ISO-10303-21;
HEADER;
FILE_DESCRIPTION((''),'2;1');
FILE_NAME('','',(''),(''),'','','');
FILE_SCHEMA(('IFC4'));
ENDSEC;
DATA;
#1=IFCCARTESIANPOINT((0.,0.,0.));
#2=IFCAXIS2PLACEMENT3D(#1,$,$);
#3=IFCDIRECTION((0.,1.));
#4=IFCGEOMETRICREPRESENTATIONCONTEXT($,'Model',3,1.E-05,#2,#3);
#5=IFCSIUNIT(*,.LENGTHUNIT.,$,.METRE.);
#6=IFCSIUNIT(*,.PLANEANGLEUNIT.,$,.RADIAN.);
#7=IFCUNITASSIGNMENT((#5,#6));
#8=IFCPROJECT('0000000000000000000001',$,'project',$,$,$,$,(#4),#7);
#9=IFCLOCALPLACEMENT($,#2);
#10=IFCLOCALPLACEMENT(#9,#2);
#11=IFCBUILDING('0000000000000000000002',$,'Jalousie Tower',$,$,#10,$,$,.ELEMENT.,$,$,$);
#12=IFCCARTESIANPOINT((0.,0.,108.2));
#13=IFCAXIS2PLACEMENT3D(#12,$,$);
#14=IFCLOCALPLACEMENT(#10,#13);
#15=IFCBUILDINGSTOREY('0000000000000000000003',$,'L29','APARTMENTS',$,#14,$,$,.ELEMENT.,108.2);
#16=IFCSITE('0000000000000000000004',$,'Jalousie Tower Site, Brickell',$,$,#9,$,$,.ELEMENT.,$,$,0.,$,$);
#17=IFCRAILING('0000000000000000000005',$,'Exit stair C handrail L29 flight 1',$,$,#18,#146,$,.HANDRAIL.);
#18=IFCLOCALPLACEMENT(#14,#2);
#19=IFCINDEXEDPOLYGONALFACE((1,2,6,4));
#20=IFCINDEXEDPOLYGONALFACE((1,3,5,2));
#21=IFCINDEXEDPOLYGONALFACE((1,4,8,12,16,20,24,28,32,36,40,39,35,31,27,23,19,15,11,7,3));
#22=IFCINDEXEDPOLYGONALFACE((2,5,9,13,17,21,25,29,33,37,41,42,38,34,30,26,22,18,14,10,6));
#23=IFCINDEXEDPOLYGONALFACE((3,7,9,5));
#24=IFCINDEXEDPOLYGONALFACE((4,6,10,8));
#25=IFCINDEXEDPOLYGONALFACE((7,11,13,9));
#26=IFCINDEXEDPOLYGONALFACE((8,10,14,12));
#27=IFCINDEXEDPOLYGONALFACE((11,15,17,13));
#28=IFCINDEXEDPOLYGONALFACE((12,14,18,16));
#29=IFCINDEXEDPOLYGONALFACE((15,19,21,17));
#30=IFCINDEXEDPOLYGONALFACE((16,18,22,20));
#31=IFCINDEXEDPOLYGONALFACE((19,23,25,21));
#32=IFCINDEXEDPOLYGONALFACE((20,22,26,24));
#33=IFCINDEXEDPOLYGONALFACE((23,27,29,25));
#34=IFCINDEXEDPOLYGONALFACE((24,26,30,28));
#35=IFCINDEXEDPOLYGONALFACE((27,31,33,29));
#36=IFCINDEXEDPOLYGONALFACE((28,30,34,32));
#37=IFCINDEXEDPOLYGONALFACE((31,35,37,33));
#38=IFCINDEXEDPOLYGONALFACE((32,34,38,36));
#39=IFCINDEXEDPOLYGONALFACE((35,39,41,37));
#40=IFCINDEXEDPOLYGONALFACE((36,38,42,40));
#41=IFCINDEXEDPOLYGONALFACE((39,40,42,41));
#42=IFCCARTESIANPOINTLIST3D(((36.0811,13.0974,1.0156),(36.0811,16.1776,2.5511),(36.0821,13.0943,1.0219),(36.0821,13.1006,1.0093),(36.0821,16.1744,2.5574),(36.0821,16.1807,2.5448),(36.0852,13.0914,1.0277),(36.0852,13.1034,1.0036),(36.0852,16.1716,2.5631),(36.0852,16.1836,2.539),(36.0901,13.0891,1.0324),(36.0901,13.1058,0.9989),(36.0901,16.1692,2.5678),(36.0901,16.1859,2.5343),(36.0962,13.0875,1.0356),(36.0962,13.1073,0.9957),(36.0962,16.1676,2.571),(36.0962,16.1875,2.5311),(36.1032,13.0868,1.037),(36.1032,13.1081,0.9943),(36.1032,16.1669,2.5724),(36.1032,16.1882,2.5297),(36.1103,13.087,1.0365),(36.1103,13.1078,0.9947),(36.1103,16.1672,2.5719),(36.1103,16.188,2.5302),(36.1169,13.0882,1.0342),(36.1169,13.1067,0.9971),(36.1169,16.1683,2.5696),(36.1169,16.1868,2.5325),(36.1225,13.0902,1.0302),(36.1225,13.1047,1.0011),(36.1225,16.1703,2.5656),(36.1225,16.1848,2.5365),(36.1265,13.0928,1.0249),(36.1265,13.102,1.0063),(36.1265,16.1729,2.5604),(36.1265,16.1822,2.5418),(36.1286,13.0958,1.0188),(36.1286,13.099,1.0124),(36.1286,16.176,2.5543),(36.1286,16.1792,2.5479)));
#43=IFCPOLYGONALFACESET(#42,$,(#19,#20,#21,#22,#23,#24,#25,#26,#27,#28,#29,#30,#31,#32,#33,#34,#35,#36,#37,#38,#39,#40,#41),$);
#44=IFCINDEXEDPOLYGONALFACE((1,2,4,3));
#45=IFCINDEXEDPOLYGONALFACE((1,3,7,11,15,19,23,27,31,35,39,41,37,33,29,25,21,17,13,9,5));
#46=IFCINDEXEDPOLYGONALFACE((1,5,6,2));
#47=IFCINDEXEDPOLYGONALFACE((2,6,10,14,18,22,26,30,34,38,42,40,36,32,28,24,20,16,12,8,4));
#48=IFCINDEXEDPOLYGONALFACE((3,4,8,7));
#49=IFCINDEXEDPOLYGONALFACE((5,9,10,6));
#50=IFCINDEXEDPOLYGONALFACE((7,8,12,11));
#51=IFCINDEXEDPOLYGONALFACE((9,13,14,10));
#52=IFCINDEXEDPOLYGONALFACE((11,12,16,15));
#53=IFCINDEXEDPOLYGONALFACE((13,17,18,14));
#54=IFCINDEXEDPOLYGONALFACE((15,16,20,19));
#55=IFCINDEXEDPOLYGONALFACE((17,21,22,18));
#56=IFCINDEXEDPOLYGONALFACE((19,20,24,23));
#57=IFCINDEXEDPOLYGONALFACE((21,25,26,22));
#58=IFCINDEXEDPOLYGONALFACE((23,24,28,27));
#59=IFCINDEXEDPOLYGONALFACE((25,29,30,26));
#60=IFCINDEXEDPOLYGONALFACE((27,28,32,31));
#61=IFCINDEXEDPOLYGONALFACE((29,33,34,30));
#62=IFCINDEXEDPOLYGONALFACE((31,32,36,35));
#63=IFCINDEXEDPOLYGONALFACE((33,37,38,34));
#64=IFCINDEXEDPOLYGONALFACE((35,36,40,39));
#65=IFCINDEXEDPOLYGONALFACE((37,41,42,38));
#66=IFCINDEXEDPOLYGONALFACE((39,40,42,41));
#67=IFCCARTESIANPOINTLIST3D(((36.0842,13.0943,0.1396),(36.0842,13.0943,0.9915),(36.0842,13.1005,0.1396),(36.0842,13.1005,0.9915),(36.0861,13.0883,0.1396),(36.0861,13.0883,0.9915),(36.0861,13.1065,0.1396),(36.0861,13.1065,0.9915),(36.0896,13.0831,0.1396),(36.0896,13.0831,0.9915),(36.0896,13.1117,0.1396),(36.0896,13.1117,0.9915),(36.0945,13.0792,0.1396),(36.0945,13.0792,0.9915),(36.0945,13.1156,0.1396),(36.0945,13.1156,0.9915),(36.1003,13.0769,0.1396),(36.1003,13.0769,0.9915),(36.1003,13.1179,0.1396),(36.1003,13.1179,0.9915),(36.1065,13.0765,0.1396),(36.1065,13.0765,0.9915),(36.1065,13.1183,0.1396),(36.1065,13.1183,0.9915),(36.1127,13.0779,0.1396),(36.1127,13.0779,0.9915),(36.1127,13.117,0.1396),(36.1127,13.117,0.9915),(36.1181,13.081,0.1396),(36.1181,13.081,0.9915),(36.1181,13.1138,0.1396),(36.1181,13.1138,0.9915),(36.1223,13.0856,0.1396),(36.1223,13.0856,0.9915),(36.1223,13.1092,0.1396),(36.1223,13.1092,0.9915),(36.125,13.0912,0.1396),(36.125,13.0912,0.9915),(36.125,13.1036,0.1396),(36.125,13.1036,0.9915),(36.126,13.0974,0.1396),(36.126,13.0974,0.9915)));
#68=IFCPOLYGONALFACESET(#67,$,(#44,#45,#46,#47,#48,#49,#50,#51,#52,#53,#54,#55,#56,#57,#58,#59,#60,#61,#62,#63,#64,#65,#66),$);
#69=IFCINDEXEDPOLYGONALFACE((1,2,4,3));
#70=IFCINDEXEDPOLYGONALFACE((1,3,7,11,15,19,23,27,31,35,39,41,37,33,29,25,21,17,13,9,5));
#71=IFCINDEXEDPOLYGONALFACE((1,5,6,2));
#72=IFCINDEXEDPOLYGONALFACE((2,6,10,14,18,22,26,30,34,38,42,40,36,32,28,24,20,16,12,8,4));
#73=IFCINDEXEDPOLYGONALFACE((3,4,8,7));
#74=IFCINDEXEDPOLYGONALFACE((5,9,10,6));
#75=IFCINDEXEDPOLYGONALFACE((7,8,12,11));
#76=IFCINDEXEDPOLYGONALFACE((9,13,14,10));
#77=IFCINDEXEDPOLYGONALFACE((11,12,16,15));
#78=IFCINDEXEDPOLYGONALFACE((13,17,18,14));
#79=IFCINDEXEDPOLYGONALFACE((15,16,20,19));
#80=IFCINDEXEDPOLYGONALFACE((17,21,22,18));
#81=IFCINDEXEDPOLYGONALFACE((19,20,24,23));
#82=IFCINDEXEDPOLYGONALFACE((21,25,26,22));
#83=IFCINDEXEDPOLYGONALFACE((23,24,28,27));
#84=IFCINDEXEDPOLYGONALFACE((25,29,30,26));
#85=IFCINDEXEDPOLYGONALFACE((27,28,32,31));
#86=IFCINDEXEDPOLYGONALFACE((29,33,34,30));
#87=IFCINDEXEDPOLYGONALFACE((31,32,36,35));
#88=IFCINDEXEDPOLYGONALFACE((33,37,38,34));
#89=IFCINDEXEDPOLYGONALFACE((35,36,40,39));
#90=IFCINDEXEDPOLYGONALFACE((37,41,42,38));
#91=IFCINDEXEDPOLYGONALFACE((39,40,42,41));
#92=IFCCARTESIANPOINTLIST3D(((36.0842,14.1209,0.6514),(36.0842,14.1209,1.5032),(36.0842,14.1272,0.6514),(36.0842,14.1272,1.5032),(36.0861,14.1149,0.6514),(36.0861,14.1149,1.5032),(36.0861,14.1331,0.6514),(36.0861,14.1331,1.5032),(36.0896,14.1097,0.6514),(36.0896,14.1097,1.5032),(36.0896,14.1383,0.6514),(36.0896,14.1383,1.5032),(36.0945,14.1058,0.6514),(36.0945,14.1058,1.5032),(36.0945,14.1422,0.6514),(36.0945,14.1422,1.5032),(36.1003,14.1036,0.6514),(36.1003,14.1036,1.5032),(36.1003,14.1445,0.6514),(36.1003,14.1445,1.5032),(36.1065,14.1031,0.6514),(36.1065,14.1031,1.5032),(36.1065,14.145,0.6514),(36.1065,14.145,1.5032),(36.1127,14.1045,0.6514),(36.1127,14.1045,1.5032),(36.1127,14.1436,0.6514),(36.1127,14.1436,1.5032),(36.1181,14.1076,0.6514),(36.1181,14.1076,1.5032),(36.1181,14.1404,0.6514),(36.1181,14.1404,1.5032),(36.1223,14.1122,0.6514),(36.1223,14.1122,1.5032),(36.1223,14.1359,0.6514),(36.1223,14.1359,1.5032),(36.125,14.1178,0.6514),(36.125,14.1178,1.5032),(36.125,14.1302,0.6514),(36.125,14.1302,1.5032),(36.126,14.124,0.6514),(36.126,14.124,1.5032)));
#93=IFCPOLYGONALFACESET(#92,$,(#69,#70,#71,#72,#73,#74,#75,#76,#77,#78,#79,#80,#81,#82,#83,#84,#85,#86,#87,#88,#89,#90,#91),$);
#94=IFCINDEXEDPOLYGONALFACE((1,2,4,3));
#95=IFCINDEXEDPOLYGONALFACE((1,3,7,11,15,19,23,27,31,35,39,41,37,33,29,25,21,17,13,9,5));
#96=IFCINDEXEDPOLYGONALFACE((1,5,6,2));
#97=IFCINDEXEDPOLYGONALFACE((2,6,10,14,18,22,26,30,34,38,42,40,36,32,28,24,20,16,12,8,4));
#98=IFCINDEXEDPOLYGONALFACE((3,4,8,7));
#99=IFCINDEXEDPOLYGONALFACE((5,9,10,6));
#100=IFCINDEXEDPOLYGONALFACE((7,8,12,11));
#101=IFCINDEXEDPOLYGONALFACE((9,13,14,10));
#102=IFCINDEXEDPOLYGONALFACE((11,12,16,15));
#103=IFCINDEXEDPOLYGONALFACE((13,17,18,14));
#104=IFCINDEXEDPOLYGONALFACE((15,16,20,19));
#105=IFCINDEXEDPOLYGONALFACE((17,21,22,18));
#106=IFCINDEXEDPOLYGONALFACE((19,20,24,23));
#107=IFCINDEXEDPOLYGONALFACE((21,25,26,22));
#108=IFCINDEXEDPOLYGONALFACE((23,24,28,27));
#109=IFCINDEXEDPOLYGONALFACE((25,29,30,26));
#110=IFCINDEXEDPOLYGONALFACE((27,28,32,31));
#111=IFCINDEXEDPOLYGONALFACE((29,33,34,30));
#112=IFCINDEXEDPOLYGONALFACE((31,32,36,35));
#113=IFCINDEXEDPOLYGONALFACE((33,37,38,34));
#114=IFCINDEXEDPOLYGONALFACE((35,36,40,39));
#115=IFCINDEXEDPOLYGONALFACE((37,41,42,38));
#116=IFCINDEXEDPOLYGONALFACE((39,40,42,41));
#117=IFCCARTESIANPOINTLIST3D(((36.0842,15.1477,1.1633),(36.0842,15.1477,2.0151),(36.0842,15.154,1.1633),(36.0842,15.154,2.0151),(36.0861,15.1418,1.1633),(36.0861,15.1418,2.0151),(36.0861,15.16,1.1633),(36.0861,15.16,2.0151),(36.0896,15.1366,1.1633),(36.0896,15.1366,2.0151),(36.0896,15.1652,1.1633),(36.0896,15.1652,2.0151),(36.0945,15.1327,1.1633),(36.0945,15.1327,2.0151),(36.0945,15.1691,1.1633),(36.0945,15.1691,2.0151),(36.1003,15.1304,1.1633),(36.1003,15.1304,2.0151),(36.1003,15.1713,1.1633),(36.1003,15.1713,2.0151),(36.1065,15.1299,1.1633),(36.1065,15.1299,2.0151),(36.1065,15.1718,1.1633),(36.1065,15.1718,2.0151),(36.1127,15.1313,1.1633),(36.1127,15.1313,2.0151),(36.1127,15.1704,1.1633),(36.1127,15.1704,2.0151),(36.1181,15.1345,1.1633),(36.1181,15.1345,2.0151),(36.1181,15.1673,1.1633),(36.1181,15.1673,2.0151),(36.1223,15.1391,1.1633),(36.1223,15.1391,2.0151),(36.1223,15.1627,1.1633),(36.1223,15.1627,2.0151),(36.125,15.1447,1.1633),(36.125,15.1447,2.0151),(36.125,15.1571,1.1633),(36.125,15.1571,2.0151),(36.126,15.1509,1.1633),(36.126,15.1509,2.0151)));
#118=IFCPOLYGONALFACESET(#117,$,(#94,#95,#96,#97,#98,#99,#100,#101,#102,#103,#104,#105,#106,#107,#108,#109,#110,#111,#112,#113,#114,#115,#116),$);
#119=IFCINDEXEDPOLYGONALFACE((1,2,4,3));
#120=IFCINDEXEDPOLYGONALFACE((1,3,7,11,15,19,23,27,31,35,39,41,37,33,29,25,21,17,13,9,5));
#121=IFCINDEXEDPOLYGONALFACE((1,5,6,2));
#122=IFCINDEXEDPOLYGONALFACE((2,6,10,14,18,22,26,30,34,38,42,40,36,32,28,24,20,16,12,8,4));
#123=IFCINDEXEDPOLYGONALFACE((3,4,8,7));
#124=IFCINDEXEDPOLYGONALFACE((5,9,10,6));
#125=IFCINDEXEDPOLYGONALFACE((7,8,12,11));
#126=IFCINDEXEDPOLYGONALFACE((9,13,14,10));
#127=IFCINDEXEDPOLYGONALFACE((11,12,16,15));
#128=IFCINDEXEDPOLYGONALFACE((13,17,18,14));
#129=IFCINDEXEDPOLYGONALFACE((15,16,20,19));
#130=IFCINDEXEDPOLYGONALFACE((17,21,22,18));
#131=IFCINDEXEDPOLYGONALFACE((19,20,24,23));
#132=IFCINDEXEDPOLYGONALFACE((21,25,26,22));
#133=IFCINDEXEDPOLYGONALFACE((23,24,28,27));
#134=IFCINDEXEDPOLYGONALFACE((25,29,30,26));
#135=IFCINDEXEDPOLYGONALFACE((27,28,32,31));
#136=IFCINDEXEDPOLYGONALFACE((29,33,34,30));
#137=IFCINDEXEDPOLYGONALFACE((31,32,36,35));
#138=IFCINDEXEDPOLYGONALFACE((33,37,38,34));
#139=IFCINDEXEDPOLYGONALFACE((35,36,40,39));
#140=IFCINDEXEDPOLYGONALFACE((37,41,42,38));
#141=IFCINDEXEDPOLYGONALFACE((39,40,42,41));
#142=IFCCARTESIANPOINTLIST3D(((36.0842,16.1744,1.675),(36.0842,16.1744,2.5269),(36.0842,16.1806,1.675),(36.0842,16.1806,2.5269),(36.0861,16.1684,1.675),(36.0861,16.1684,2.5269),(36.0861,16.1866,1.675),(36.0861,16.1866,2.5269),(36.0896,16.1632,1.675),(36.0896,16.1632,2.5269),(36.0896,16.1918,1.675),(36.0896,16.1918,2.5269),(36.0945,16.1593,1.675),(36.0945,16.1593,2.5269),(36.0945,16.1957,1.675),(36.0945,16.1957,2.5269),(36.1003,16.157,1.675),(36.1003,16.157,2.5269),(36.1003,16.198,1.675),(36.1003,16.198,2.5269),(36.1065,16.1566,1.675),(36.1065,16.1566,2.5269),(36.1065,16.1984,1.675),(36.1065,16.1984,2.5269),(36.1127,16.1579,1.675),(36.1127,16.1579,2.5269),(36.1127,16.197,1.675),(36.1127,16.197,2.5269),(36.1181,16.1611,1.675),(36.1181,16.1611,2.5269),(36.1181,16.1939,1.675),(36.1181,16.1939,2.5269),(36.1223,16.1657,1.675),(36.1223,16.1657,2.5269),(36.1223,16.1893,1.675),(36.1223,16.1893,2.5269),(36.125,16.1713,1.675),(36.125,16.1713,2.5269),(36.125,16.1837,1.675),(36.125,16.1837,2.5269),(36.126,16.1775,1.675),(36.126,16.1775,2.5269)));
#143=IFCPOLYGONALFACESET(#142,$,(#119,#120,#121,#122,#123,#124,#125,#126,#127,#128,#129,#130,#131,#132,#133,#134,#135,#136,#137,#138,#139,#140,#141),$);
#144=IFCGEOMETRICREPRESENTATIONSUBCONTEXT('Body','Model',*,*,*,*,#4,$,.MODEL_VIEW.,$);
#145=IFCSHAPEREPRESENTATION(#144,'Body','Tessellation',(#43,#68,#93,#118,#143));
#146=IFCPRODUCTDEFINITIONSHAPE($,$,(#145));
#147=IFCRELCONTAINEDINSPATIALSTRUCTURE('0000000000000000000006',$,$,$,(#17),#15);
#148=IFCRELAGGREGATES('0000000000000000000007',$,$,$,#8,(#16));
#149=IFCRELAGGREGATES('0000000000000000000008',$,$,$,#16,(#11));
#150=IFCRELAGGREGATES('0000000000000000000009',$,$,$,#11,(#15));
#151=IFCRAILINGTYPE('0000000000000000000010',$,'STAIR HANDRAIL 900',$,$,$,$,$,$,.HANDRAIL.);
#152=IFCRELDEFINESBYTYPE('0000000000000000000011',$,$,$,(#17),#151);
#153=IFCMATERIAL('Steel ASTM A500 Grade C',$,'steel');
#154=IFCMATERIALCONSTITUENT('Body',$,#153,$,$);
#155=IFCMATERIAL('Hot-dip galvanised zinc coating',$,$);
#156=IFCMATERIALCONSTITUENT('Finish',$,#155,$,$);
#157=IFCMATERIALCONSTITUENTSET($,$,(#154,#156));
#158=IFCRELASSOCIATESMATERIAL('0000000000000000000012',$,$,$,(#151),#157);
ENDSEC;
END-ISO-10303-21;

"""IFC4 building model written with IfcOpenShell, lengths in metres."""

from ifc_helpers import new_model, si_unit, direction, frame, origin, origin_2d, place, context, subcontext, project, spatial, circle, extrude, material, constituent, constituent_set, type_object, element, save


model = new_model("IFC4")

# Units and contexts
model_context = context("Model", 3, precision=1e-05, world=origin(), true_north=direction((0.0, 1.0)))
body_context = subcontext(model_context, "Body", "Model", "MODEL_VIEW")
ifc_project = project(units=[si_unit("LENGTHUNIT", "METRE"), si_unit("PLANEANGLEUNIT", "RADIAN")], contexts=[model_context])

# Site, building, storey
site_placement = place(None, origin())
site = spatial("IfcSite", under=ifc_project, at=site_placement, Name="Jalousie Tower Site, Brickell", CompositionType="ELEMENT", RefElevation=0.0)
building_placement = place(site_placement, origin())
building = spatial("IfcBuilding", under=site, at=building_placement, Name="Jalousie Tower", CompositionType="ELEMENT")
storey_placement = place(building_placement, frame((0.0, 0.0, 108.2)))
storey = spatial("IfcBuildingStorey", under=building, at=storey_placement, Name="L29", Description="APARTMENTS", CompositionType="ELEMENT", Elevation=108.2)

# Railing
ifc_material_1 = material(Name="Steel ASTM A500 Grade C", Category="steel")
ifc_constituent_1 = constituent(ifc_material_1, Name="Body")
ifc_material_2 = material(Name="Hot-dip galvanised zinc coating")
ifc_constituent_2 = constituent(ifc_material_2, Name="Finish")
ifc_constituent_set_1 = constituent_set(constituents=[ifc_constituent_1, ifc_constituent_2])
railing_type_1 = type_object("IfcRailingType", Name="STAIR HANDRAIL 900", PredefinedType="HANDRAIL", material=ifc_constituent_set_1)
railing_1_placement = place(storey_placement, frame((36.105, 13.0974, 0.1396)))
element("IfcRailing", 1, at=railing_1_placement, inside=storey, type_object=railing_type_1, Name="Exit stair C handrail L29 flight 1", PredefinedType="HANDRAIL", context=body_context, shape_type="SweptSolid", body=[
    extrude(circle(Radius=0.0239, at=origin_2d()), frame((0.0, 0.0, 0.876), z_axis=(0.0, 0.894966, 0.446135), x_axis=(-1.0, 0.0, 0.0)), (0.0, 0.0, 1.0), 3.4417),
    extrude(circle(Radius=0.021, at=origin_2d()), origin(), (0.0, 0.0, 1.0), 0.8518),
    extrude(circle(Radius=0.021, at=origin_2d()), frame((0.0, 1.0266, 0.5117)), (0.0, 0.0, 1.0), 0.8518),
    extrude(circle(Radius=0.021, at=origin_2d()), frame((0.0, 2.0535, 1.0237)), (0.0, 0.0, 1.0), 0.8518),
    extrude(circle(Radius=0.021, at=origin_2d()), frame((0.0, 3.0801, 1.5354)), (0.0, 0.0, 1.0), 0.8518),
])

save(model, "model.ifc")
